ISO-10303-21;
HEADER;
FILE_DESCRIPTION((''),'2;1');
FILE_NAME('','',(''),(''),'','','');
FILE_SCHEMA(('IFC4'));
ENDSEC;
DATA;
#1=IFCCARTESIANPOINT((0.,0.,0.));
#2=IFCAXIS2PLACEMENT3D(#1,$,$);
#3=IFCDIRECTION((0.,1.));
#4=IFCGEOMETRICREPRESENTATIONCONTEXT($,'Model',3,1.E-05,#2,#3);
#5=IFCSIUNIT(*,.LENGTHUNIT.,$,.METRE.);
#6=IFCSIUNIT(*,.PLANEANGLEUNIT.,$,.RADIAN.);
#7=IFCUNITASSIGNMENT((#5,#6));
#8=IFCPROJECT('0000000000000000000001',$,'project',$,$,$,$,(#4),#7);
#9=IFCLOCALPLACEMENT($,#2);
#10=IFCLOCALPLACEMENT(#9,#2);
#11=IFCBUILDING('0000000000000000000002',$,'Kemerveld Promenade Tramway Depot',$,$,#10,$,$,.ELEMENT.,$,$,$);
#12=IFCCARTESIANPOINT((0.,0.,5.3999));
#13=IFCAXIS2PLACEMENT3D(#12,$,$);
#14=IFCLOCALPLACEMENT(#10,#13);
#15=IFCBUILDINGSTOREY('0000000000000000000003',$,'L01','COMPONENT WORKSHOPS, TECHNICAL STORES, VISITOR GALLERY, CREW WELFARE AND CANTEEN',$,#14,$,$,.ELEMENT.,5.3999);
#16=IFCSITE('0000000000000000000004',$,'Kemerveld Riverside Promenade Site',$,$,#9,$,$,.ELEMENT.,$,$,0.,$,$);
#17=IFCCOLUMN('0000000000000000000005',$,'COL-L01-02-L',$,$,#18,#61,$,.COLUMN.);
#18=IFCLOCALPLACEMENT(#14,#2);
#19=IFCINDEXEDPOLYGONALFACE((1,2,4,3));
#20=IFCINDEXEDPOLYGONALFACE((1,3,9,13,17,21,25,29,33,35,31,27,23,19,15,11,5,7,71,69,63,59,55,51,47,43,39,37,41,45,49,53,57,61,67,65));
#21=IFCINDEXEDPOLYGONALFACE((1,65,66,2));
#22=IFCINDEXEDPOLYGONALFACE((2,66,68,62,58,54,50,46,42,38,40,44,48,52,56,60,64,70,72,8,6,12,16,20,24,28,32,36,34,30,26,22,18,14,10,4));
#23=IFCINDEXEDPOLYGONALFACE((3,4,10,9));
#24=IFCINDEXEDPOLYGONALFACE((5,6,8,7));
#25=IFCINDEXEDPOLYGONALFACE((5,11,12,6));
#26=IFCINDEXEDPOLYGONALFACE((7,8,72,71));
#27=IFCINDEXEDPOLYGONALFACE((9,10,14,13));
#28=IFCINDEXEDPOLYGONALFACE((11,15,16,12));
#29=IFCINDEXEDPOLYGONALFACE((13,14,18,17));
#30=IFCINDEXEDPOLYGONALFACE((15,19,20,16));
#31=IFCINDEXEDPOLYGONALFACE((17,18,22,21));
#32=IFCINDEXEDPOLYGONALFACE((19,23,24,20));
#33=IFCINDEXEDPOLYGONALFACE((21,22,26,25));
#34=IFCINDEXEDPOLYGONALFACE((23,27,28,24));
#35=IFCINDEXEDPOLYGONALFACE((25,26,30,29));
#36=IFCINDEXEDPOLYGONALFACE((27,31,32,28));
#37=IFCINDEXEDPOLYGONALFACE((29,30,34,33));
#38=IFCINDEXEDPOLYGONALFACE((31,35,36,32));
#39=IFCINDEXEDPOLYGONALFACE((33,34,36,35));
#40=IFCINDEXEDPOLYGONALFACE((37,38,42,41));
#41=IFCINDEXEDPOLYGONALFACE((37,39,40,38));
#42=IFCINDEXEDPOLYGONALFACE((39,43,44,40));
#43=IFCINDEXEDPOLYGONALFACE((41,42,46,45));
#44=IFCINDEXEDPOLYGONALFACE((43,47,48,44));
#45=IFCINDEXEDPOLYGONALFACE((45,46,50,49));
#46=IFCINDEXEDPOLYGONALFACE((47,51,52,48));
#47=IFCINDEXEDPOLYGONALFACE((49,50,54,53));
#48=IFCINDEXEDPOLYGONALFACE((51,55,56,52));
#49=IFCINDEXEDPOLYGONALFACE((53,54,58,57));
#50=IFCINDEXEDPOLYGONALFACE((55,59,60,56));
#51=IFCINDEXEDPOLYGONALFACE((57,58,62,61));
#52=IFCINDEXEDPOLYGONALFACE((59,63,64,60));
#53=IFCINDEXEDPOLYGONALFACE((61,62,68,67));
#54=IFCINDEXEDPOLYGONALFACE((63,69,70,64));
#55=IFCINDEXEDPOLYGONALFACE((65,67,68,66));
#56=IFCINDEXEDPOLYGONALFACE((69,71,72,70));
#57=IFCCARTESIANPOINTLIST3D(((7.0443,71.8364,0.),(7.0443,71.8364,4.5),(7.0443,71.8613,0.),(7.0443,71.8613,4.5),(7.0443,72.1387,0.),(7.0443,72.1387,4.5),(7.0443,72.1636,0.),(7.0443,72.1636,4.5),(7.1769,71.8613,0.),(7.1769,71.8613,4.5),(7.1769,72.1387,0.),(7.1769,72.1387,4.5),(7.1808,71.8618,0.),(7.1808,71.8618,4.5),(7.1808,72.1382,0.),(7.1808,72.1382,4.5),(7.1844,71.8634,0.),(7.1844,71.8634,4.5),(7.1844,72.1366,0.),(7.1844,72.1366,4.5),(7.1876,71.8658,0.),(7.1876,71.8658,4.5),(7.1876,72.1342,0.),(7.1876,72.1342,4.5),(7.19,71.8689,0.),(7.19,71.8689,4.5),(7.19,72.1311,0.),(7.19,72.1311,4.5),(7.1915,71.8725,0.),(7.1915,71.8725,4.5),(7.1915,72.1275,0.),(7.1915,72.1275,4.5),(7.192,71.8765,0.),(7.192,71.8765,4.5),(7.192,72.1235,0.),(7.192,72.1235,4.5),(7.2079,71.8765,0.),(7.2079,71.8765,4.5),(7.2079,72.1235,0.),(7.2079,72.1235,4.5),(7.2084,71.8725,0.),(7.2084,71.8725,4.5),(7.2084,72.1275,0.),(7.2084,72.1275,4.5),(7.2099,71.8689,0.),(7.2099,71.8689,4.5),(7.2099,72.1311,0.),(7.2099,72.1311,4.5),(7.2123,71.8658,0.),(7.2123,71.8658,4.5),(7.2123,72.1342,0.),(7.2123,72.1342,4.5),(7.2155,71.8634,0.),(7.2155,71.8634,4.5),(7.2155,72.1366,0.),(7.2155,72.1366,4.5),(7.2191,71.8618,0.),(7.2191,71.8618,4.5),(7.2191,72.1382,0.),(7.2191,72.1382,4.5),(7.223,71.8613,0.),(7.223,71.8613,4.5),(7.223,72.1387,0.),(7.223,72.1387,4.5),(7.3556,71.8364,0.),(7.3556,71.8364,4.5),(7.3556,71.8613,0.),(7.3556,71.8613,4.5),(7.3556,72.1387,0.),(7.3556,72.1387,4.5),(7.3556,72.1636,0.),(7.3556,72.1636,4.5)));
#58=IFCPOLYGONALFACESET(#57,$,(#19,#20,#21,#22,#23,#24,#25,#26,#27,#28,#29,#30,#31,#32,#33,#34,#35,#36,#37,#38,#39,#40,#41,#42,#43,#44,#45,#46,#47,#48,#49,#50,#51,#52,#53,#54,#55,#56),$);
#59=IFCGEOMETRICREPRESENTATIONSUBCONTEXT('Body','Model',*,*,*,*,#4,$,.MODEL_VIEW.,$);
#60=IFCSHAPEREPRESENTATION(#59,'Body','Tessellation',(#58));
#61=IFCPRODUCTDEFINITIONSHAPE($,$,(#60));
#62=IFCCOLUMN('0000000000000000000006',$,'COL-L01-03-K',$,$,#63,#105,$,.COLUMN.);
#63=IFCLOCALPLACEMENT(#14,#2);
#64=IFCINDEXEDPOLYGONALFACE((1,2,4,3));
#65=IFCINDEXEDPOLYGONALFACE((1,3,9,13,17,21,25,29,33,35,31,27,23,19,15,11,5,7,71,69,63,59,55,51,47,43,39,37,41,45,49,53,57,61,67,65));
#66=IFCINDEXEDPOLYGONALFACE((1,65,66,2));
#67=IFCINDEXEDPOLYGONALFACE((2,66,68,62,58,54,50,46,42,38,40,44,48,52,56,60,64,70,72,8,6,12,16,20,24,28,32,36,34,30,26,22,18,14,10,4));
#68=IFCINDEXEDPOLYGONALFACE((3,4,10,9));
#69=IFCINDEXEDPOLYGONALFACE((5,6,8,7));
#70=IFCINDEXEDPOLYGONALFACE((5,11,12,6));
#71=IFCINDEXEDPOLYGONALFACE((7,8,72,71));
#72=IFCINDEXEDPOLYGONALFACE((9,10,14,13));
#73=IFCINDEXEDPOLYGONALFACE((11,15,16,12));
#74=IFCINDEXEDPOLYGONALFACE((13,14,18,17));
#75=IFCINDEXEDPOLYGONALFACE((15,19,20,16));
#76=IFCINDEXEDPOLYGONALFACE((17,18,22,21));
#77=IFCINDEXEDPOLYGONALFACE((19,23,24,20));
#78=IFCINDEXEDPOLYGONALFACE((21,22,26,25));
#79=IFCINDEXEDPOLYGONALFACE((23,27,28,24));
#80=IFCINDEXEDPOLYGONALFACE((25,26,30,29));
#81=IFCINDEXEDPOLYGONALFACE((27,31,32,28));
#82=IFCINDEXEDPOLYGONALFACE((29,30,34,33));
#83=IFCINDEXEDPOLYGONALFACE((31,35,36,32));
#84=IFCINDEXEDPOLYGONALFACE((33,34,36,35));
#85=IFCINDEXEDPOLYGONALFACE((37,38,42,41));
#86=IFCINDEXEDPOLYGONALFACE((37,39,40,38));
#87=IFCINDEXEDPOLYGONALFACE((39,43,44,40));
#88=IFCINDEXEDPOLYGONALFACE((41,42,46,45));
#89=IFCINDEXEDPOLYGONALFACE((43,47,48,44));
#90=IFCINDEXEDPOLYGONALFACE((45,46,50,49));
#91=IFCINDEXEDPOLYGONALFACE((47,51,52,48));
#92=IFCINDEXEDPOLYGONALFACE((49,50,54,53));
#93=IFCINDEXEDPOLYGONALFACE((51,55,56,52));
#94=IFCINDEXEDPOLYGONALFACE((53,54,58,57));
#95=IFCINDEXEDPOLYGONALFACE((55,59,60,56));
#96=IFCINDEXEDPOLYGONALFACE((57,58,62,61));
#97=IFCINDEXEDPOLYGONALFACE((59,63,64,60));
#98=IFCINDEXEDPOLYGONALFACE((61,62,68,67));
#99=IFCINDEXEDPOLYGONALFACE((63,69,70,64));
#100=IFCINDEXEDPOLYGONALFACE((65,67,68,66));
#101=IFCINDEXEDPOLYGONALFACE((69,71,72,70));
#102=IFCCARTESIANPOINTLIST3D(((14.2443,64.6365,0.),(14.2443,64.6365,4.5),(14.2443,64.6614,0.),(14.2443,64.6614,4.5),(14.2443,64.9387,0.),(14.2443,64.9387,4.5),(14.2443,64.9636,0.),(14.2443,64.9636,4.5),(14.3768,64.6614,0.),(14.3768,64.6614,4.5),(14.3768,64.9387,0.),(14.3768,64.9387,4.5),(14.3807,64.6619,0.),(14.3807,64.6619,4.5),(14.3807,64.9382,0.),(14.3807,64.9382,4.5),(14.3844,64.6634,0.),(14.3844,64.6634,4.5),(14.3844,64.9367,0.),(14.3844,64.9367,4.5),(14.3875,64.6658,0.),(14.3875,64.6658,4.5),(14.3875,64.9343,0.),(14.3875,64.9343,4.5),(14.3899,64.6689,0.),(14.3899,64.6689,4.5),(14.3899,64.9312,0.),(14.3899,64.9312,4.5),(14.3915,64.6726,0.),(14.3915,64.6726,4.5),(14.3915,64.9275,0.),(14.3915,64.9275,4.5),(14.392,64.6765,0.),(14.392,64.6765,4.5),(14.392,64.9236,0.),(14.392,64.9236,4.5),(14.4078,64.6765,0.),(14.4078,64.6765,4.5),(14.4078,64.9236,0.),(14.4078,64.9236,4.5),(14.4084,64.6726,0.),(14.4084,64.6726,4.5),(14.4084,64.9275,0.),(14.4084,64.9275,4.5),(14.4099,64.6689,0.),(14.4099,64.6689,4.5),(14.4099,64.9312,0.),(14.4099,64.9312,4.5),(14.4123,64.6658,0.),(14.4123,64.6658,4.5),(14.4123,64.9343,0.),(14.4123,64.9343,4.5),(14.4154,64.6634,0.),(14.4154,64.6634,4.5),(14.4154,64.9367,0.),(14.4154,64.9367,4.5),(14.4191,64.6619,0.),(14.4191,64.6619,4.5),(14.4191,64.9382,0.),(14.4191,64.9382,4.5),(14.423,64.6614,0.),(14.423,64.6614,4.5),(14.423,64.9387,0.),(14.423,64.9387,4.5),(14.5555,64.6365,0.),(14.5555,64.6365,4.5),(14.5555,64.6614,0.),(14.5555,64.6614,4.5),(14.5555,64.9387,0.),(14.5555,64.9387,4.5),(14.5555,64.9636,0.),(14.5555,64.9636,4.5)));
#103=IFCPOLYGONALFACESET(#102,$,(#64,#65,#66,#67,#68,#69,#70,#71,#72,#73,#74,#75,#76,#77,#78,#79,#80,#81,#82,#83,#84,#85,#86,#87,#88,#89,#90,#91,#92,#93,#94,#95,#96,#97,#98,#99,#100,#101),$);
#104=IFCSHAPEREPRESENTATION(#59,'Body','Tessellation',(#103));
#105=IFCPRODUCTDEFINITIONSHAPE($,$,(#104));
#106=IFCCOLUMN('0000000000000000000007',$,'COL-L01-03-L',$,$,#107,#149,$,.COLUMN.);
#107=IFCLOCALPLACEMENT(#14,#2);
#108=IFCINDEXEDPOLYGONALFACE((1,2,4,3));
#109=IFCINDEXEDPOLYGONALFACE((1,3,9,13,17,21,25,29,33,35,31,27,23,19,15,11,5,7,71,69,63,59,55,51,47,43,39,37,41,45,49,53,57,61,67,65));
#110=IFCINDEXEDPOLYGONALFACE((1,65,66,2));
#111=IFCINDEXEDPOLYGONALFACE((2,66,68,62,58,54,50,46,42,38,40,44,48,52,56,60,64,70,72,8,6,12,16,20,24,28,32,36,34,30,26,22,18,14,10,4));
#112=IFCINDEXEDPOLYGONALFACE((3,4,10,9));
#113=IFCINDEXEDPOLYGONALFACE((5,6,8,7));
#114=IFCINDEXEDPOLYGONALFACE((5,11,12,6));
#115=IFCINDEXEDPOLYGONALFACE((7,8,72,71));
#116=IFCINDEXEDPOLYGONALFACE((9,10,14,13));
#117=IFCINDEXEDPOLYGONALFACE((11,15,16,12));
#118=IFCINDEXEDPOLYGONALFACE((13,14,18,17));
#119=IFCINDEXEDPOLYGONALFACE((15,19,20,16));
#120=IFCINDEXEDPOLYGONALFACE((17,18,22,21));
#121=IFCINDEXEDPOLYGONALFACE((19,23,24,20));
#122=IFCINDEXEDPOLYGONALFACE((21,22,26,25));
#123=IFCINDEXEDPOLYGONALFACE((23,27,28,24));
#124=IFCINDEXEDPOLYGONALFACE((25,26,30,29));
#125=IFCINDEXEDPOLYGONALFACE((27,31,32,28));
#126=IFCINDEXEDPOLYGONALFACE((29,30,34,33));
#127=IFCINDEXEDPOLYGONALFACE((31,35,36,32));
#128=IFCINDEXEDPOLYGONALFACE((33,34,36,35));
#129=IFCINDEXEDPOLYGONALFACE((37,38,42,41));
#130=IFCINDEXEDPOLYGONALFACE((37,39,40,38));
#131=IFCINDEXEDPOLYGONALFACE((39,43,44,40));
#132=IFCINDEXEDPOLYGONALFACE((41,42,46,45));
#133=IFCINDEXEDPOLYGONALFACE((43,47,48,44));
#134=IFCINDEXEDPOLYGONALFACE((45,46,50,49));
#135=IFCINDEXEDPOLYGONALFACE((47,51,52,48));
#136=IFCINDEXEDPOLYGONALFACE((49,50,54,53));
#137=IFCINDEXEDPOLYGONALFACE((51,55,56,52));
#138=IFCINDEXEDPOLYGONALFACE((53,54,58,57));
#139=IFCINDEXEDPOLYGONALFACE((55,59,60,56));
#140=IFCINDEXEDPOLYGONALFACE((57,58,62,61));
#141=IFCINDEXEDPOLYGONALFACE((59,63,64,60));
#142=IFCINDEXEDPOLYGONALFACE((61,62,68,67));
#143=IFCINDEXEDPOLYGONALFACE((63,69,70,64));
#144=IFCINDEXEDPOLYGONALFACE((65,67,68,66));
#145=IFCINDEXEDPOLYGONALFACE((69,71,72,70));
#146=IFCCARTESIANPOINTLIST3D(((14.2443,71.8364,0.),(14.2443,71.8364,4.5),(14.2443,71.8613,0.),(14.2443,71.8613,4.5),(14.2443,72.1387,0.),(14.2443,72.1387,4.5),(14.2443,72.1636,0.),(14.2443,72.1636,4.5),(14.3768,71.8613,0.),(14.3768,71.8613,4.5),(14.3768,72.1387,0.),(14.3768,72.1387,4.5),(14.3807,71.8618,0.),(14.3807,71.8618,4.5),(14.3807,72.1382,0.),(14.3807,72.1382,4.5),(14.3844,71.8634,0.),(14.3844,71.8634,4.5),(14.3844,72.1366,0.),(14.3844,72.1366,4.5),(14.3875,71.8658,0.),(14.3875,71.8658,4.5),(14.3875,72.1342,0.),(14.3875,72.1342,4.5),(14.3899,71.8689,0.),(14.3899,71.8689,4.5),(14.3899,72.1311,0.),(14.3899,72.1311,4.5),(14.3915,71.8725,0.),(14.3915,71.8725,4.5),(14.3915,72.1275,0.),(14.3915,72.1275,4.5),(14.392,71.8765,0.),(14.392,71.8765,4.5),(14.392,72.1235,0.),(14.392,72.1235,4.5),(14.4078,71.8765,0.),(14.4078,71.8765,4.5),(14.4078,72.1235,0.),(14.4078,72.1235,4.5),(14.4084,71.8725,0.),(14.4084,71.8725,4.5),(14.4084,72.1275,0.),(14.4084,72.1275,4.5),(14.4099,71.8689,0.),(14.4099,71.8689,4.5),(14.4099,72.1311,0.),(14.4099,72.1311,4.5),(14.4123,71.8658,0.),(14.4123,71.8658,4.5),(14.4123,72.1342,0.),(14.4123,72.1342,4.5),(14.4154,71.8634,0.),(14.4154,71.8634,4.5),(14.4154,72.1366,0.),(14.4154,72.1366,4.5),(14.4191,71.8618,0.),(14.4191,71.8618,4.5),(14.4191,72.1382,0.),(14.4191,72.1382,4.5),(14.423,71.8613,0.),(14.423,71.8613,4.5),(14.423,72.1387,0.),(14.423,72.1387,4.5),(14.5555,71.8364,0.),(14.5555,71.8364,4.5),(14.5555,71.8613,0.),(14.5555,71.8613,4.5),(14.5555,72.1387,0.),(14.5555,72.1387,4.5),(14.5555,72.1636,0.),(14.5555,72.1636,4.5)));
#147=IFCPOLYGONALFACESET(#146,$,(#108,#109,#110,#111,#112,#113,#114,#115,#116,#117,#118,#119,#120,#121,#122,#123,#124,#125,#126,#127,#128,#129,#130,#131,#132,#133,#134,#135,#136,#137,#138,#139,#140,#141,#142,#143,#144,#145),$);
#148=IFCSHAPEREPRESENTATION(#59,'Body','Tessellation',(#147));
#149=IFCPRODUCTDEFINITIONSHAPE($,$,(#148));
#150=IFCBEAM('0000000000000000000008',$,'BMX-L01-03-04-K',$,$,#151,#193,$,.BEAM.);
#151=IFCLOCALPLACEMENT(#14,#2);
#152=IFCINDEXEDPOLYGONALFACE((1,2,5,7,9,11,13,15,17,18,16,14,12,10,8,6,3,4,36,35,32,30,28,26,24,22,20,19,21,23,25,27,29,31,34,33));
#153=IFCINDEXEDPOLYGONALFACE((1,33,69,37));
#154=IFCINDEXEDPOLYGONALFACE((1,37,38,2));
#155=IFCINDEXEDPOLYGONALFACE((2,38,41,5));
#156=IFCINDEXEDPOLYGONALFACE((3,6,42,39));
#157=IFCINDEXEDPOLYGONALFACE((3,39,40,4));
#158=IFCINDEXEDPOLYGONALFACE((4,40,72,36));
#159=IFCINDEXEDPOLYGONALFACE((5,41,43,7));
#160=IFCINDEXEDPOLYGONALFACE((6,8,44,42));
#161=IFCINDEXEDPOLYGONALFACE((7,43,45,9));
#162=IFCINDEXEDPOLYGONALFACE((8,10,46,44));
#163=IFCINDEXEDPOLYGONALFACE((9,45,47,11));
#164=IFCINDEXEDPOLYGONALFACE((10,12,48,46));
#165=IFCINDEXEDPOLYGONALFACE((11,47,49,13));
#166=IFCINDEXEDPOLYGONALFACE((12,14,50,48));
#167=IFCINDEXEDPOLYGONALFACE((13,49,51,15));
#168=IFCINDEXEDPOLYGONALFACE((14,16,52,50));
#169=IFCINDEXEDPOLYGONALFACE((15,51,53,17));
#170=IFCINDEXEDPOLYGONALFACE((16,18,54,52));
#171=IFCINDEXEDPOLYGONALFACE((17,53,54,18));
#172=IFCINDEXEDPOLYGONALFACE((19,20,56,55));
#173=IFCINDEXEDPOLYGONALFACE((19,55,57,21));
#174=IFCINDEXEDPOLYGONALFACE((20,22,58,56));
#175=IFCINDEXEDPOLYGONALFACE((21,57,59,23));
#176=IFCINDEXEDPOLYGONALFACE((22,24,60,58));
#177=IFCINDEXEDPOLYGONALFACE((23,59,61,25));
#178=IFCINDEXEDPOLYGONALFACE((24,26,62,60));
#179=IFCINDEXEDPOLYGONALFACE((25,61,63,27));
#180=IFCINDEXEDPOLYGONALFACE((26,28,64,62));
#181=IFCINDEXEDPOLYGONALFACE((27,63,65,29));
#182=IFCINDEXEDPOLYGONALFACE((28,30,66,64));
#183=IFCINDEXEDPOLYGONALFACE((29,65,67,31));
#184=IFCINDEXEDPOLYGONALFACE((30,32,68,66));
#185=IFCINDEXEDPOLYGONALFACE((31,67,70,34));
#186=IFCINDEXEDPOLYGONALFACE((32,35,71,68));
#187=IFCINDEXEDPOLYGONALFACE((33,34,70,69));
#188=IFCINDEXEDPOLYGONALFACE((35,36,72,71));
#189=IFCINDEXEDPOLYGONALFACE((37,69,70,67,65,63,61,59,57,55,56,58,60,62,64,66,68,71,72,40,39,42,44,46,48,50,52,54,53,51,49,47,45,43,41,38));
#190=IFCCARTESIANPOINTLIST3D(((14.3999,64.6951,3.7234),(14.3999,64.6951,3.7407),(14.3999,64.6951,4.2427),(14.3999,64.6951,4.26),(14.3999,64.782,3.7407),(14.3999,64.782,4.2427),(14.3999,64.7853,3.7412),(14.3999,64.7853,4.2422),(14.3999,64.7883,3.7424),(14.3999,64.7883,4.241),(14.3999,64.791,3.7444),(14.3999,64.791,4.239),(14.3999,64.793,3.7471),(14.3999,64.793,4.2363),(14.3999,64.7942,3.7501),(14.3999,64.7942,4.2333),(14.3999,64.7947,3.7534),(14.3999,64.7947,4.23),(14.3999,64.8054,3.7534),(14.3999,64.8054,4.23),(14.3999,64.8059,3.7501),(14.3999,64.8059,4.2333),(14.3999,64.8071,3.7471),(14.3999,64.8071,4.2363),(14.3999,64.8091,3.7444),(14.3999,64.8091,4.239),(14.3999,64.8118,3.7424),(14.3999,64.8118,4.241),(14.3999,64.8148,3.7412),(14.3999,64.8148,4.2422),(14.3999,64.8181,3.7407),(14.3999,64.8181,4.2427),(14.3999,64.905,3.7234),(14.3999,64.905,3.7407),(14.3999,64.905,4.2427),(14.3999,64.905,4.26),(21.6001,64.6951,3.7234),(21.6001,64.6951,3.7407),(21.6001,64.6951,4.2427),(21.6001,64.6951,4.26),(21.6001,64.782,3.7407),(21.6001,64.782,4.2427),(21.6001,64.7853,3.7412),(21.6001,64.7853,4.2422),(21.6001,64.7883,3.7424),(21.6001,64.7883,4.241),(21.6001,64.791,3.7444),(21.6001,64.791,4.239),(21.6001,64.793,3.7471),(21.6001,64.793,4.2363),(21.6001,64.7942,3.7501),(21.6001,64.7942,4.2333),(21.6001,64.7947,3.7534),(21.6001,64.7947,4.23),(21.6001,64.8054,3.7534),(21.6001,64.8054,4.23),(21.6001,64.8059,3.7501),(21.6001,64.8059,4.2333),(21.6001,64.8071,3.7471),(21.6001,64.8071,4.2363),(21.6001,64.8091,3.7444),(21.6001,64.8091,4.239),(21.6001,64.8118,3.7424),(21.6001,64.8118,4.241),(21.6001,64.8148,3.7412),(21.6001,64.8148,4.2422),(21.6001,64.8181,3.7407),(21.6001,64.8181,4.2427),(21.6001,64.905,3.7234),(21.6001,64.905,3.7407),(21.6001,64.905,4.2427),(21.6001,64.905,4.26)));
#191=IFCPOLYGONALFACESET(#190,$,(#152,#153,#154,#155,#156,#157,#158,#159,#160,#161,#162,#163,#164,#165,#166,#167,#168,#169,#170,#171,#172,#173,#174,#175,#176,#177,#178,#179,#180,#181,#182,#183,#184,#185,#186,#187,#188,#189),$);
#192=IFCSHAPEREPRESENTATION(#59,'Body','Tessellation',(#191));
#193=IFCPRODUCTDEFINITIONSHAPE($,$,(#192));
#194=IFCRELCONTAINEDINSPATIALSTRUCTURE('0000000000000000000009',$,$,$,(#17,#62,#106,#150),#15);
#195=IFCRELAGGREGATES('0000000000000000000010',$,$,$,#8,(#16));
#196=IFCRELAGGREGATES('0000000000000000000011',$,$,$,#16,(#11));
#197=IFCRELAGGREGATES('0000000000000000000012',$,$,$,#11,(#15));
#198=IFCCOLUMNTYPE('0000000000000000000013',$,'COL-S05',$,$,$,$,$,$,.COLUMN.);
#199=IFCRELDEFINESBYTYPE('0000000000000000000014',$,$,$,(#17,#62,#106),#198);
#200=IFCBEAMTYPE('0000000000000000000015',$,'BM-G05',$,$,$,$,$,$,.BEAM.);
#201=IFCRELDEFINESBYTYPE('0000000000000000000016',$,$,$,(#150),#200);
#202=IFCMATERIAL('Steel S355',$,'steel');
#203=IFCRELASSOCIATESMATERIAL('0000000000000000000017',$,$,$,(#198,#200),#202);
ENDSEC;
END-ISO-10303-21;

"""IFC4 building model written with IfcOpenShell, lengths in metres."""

from ifc_helpers import new_model, si_unit, direction, frame, origin, origin_2d, place, context, subcontext, project, spatial, i_section, extrude, material, material_profile, profile_set, type_object, element, save


model = new_model("IFC4")

# Units and contexts
model_context = context("Model", 3, precision=1e-05, world=origin(), true_north=direction((0.0, 1.0)))
body_context = subcontext(model_context, "Body", "Model", "MODEL_VIEW")
ifc_project = project(units=[si_unit("LENGTHUNIT", "METRE"), si_unit("PLANEANGLEUNIT", "RADIAN")], contexts=[model_context])

# Site, building, storey
site_placement = place(None, origin())
site = spatial("IfcSite", under=ifc_project, at=site_placement, Name="Kemerveld Riverside Promenade Site", CompositionType="ELEMENT", RefElevation=0.0)
building_placement = place(site_placement, origin())
building = spatial("IfcBuilding", under=site, at=building_placement, Name="Kemerveld Promenade Tramway Depot", CompositionType="ELEMENT")
storey_placement = place(building_placement, frame((0.0, 0.0, 5.3999)))
storey = spatial("IfcBuildingStorey", under=building, at=storey_placement, Name="L01", Description="COMPONENT WORKSHOPS, TECHNICAL STORES, VISITOR GALLERY, CREW WELFARE AND CANTEEN", CompositionType="ELEMENT", Elevation=5.3999)

# Columns
ifc_material_1 = material(Name="Steel S355", Category="steel")
ifc_material_profile_1 = material_profile(ifc_material_1, i_section(OverallWidth=0.3113, OverallDepth=0.3271, WebThickness=0.0159, FlangeThickness=0.0249, FilletRadius=0.0151, at=origin_2d()), Name="305x305x158 UC")
ifc_profile_set_1 = profile_set([ifc_material_profile_1], Name="Steel S355")
column_type = type_object("IfcColumnType", Name="COL-S05", PredefinedType="COLUMN", material=ifc_profile_set_1)
for number, where, z_axis, x_axis, name in (
    (1, (7.2, 72.0, 0.0), (0.0, 0.0, 1.0), (1.0, 0.0, 0.0), "COL-L01-02-L"),
    (2, (14.3999, 64.8, 0.0), (0.0, 0.0, 1.0), (1.0, 0.0, 0.0), "COL-L01-03-K"),
    (3, (14.3999, 72.0, 0.0), (0.0, 0.0, 1.0), (1.0, 0.0, 0.0), "COL-L01-03-L"),
):
    element("IfcColumn", number, at=place(storey_placement, frame(where, z_axis=z_axis, x_axis=x_axis)), inside=storey, type_object=column_type, Name=name, PredefinedType="COLUMN", context=body_context, shape_type="SweptSolid", body=[
        extrude(i_section(OverallWidth=0.3113, OverallDepth=0.3271, WebThickness=0.0159, FlangeThickness=0.0249, FilletRadius=0.0151, at=origin_2d()), origin(), (0.0, 0.0, 1.0), 4.5),
    ])

# Beam
ifc_material_profile_2 = material_profile(ifc_material_1, i_section(OverallWidth=0.21, OverallDepth=0.5366, WebThickness=0.0107, FlangeThickness=0.0173, FilletRadius=0.0127, at=origin_2d()), Name="533x210x101 UB")
ifc_profile_set_2 = profile_set([ifc_material_profile_2], Name="Steel S355")
beam_type_1 = type_object("IfcBeamType", Name="BM-G05", PredefinedType="BEAM", material=ifc_profile_set_2)
beam_1_placement = place(storey_placement, frame((14.3999, 64.8, 3.9917), z_axis=(1.0, 0.0, 0.0), x_axis=(0.0, 1.0, 0.0)))
element("IfcBeam", 4, at=beam_1_placement, inside=storey, type_object=beam_type_1, Name="BMX-L01-03-04-K", PredefinedType="BEAM", context=body_context, shape_type="SweptSolid", body=[
    extrude(i_section(OverallWidth=0.21, OverallDepth=0.5366, WebThickness=0.0107, FlangeThickness=0.0173, FilletRadius=0.0127, at=origin_2d()), origin(), (0.0, 0.0, 1.0), 7.2002),
])

save(model, "model.ifc")
